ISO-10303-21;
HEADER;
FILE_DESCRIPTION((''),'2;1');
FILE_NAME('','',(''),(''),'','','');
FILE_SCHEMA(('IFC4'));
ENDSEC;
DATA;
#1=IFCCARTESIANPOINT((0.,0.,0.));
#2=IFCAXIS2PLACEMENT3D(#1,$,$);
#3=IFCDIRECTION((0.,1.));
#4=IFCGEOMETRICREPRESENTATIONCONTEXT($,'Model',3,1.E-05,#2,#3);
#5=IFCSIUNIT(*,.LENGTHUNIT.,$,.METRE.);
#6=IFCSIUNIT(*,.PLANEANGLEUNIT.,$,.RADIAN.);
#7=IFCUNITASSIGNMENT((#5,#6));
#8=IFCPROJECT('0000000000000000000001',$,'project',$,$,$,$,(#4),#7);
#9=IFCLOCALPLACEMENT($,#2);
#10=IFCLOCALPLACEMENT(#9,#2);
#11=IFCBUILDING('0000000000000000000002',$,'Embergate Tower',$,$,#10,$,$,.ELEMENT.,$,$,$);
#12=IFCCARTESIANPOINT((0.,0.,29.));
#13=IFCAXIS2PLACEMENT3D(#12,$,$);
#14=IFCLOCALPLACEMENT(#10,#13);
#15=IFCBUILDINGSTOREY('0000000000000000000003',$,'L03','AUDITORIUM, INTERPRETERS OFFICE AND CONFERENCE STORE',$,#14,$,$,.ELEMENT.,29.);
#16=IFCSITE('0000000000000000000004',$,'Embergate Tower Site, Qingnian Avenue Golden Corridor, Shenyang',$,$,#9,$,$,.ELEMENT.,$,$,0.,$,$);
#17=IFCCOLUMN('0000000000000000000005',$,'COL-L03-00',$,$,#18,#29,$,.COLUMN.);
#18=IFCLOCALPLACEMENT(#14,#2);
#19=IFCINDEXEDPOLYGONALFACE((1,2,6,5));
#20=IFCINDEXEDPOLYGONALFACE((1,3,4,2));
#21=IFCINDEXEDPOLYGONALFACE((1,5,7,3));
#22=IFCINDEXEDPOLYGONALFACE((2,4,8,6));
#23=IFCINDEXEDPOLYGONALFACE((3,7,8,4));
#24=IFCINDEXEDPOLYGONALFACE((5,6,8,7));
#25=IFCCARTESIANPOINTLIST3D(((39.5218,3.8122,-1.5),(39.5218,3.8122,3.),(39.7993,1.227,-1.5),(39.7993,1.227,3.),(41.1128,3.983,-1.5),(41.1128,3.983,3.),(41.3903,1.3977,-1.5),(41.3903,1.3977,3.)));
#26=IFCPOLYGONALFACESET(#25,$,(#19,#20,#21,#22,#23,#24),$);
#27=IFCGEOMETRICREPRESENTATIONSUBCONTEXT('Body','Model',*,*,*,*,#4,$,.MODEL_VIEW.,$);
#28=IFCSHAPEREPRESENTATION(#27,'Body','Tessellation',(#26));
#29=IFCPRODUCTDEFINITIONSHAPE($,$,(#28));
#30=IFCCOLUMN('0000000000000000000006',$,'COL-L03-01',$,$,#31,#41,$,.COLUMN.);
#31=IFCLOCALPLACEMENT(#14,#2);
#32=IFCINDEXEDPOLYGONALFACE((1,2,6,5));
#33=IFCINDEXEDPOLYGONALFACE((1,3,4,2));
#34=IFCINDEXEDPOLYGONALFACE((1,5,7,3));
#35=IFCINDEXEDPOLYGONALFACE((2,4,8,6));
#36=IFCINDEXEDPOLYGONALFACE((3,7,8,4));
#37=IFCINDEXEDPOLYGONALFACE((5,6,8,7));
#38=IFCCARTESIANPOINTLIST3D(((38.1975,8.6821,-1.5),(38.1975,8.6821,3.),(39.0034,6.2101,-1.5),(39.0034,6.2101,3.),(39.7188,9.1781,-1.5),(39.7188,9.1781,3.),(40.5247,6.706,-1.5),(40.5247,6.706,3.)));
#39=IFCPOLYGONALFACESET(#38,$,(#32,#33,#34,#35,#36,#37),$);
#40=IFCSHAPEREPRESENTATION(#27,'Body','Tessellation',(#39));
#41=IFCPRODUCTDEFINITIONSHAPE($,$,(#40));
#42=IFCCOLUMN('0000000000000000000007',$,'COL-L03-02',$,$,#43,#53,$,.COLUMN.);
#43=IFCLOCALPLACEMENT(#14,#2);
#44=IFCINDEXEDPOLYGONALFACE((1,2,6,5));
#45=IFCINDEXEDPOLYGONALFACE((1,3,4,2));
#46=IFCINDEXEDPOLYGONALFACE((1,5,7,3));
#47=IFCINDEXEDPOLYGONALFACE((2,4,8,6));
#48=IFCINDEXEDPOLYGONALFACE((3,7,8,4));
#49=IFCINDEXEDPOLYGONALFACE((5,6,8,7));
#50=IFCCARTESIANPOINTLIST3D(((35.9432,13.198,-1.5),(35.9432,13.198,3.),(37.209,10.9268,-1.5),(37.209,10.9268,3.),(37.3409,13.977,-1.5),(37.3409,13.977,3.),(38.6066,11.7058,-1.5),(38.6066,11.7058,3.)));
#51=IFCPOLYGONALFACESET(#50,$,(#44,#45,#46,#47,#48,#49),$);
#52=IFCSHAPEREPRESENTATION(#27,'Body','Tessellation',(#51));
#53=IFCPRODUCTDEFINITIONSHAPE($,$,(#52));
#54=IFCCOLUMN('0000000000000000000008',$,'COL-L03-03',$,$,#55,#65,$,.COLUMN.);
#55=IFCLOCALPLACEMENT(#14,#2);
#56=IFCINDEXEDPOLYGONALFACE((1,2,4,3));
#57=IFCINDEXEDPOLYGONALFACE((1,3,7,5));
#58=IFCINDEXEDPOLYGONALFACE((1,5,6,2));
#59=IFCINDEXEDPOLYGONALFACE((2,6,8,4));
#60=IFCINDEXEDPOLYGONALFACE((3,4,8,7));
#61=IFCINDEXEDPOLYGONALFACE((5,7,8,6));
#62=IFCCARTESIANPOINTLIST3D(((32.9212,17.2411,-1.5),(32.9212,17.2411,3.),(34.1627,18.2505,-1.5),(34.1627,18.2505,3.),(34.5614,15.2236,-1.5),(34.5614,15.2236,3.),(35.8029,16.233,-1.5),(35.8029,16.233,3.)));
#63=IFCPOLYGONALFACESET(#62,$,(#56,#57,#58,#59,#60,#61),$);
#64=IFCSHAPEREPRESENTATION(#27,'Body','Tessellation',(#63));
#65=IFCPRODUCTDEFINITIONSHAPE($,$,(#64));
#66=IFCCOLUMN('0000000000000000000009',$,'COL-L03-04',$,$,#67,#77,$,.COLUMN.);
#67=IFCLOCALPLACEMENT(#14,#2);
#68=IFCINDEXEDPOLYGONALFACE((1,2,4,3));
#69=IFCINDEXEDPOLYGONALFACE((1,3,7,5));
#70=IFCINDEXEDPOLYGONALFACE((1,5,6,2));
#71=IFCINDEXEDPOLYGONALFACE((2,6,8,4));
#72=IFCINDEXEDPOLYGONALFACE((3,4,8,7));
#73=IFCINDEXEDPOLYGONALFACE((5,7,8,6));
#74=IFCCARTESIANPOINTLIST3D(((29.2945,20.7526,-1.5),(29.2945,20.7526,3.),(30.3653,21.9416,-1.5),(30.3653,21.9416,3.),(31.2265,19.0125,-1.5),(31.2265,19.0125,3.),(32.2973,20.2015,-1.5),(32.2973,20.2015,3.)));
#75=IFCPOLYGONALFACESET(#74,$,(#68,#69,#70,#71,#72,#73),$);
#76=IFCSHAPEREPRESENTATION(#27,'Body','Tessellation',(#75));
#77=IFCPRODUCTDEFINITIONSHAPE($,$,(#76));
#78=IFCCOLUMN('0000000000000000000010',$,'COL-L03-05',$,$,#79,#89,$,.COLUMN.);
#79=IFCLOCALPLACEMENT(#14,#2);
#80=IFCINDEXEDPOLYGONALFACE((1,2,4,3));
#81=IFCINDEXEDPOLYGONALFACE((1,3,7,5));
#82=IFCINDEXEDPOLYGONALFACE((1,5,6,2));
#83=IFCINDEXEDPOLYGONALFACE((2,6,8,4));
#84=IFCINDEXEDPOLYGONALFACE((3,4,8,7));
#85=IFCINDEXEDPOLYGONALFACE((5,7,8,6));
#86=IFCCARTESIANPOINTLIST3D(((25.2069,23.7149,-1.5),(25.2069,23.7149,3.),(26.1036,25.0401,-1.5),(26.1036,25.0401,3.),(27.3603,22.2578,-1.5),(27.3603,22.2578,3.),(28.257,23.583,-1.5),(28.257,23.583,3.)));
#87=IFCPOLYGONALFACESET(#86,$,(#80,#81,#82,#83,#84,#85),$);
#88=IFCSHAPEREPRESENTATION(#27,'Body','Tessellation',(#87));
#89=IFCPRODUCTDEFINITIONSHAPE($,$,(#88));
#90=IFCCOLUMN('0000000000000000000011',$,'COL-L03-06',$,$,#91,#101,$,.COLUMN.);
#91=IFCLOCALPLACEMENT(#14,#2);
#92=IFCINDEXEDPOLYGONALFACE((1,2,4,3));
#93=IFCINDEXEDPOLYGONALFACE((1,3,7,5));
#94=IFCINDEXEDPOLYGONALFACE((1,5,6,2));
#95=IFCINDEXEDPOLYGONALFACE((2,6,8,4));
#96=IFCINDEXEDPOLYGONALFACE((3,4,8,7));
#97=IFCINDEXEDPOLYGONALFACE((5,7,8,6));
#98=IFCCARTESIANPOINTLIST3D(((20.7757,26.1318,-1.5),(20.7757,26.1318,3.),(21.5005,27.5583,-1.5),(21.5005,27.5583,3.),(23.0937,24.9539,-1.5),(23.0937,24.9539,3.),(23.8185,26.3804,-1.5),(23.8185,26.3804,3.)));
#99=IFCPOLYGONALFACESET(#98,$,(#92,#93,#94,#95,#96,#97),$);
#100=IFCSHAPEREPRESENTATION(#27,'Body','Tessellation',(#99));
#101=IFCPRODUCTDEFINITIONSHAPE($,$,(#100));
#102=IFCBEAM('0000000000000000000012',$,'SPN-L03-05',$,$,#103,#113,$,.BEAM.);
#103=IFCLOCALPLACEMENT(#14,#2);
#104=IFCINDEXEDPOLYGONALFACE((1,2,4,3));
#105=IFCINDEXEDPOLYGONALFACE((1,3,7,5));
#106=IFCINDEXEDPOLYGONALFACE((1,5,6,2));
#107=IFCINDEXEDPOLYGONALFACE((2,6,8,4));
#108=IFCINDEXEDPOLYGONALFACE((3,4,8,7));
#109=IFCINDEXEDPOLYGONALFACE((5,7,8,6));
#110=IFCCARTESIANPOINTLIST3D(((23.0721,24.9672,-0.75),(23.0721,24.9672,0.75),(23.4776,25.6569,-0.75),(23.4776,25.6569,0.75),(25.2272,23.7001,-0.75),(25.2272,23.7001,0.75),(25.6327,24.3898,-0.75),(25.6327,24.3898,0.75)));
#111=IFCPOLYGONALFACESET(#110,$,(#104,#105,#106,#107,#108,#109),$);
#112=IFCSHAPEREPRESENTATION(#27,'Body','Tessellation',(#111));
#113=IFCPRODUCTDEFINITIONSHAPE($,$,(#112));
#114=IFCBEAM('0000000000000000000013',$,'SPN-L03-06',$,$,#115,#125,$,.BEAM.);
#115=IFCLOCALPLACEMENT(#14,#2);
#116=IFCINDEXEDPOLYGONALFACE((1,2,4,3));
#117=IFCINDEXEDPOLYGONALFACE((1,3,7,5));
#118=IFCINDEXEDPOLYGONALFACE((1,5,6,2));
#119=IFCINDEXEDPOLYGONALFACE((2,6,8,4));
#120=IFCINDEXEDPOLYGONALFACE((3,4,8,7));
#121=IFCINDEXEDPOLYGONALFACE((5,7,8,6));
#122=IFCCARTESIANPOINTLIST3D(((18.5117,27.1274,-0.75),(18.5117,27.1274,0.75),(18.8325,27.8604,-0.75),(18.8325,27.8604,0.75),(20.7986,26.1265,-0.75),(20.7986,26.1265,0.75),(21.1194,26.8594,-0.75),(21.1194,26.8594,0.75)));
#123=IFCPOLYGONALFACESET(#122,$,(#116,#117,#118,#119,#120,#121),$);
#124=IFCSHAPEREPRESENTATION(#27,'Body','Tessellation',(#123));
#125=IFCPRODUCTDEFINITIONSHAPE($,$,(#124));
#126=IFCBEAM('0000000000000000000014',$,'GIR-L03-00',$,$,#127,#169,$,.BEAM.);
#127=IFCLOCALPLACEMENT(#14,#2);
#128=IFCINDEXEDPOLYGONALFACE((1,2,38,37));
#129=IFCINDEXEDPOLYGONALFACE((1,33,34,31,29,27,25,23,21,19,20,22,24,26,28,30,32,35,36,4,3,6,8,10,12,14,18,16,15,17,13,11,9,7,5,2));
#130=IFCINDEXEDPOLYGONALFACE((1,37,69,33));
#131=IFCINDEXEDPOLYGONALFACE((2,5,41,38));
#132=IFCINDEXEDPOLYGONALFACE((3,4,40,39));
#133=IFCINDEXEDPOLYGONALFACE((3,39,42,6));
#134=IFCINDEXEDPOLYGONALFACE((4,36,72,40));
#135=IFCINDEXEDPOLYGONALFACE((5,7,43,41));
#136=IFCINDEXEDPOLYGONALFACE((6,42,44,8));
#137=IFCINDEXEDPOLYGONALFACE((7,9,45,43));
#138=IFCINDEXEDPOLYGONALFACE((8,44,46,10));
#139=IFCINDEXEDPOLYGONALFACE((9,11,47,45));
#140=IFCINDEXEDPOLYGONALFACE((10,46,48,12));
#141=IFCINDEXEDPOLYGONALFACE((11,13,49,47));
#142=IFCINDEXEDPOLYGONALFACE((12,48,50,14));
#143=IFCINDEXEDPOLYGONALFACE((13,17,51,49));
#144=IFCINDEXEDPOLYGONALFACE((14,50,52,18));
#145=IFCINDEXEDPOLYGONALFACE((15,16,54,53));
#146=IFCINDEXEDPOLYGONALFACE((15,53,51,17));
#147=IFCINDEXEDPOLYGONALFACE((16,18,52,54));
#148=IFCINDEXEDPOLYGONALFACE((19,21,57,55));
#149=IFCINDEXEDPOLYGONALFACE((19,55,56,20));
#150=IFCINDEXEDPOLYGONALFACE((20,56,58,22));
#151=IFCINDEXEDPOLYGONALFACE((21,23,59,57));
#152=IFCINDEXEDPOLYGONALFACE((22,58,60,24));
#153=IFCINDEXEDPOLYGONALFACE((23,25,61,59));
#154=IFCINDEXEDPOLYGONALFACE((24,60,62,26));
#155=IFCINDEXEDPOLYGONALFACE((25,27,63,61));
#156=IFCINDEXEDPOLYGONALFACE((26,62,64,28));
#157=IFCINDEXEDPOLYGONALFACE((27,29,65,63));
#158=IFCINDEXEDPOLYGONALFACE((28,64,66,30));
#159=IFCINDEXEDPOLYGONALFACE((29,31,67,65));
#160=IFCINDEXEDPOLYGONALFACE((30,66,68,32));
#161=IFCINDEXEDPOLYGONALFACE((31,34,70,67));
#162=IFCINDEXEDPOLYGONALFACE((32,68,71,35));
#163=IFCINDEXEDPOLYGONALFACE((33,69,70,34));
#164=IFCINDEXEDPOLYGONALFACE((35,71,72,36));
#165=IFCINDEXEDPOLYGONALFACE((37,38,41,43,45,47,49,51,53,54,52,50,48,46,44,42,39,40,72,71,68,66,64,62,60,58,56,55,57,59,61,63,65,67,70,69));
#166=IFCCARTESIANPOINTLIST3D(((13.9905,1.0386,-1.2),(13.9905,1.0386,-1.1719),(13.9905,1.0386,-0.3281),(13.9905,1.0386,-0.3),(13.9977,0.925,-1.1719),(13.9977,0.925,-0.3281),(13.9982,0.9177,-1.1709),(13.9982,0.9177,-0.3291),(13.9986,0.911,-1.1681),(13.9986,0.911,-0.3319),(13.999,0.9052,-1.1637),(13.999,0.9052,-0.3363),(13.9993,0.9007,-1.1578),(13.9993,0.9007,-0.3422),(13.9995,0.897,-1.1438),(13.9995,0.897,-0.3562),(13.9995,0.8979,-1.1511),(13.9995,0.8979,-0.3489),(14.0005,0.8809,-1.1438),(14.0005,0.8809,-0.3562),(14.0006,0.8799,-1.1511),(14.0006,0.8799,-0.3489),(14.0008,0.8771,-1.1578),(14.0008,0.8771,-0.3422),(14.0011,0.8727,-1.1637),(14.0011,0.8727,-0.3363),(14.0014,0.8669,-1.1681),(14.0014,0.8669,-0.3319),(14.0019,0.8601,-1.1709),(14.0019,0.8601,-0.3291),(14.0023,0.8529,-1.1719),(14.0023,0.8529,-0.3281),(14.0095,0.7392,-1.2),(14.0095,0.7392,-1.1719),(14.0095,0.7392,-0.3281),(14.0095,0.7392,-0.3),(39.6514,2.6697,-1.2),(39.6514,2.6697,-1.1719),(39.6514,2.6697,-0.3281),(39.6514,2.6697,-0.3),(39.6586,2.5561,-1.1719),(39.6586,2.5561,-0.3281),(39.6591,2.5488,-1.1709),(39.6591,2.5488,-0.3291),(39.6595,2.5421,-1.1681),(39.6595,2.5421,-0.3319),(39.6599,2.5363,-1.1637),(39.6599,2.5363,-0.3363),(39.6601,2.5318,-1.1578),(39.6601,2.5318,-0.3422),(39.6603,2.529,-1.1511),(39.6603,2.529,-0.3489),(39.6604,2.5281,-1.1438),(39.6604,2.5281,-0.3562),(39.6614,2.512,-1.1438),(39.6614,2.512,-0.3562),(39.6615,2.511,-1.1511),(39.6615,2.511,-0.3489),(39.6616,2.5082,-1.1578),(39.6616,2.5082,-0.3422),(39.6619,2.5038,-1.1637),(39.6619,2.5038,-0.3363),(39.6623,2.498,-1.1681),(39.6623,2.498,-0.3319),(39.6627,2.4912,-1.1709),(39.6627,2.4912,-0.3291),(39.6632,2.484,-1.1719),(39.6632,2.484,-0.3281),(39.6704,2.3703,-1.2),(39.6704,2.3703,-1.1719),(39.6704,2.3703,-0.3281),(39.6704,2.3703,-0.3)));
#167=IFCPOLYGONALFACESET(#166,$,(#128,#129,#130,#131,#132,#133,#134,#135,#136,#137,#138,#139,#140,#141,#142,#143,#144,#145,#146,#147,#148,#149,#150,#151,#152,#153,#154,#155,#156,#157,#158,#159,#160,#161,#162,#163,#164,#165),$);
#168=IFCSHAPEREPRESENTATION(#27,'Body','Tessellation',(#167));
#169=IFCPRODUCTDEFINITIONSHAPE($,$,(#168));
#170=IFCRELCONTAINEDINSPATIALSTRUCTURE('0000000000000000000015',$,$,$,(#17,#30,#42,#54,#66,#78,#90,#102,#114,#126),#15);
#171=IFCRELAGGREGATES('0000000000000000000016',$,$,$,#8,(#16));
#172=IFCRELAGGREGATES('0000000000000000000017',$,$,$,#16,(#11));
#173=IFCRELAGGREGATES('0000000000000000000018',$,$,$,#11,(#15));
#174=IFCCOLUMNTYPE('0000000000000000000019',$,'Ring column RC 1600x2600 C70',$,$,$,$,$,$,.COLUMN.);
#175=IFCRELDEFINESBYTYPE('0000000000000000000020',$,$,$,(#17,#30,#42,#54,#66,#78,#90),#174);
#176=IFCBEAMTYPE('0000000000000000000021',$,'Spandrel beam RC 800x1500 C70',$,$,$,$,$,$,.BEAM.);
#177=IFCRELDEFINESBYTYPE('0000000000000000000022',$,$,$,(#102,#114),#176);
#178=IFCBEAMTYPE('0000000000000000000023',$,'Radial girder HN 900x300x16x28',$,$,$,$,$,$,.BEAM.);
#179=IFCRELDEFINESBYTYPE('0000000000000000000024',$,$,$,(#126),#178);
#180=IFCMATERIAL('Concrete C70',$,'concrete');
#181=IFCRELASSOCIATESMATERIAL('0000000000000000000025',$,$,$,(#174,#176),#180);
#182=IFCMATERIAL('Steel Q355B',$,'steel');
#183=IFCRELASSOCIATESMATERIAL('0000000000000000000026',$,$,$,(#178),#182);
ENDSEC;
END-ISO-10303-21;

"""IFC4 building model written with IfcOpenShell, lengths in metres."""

from ifc_helpers import new_model, si_unit, direction, frame, origin, origin_2d, place, context, subcontext, project, spatial, rectangle, i_section, extrude, source, transform, mapped, material, material_profile, profile_set, type_object, element, save


model = new_model("IFC4")

# Units and contexts
model_context = context("Model", 3, precision=1e-05, world=origin(), true_north=direction((0.0, 1.0)))
body_context = subcontext(model_context, "Body", "Model", "MODEL_VIEW")
ifc_project = project(units=[si_unit("LENGTHUNIT", "METRE"), si_unit("PLANEANGLEUNIT", "RADIAN")], contexts=[model_context])

# Site, building, storey
site_placement = place(None, origin())
site = spatial("IfcSite", under=ifc_project, at=site_placement, Name="Embergate Tower Site, Qingnian Avenue Golden Corridor, Shenyang", CompositionType="ELEMENT", RefElevation=0.0)
building_placement = place(site_placement, origin())
building = spatial("IfcBuilding", under=site, at=building_placement, Name="Embergate Tower", CompositionType="ELEMENT")
storey_placement = place(building_placement, frame((0.0, 0.0, 29.0)))
storey = spatial("IfcBuildingStorey", under=building, at=storey_placement, Name="L03", Description="AUDITORIUM, INTERPRETERS OFFICE AND CONFERENCE STORE", CompositionType="ELEMENT", Elevation=29.0)

# Columns
ifc_material_1 = material(Name="Concrete C70", Category="concrete")
ifc_material_profile_1 = material_profile(ifc_material_1, rectangle(XDim=1.6001, YDim=2.6001, at=origin_2d()), Name="RC 1600x2600")
ifc_profile_set_1 = profile_set([ifc_material_profile_1], Name="Concrete C70")
column_type = type_object("IfcColumnType", Name="Ring column RC 1600x2600 C70", PredefinedType="COLUMN", material=ifc_profile_set_1)
shared_shape_1 = source(origin(), body_context, "Body", "SweptSolid", [
    extrude(rectangle(XDim=1.6001, YDim=2.6001, at=origin_2d()), origin(), (0.0, 0.0, 1.0), 4.5),
])
for number, where, z_axis, x_axis, name in (
    (1, (40.4561, 2.605, -1.5), (0.0, 0.0, 1.0), (0.994288, 0.106733, 0.0), "COL-L03-00"),
    (2, (39.3611, 7.6941, -1.5), (0.0, 0.0, 1.0), (0.950754, 0.309946, 0.0), "COL-L03-01"),
    (3, (37.2749, 12.4519, -1.5), (0.0, 0.0, 1.0), (0.8735, 0.486823, 0.0), "COL-L03-02"),
    (4, (34.3621, 16.7371, -1.5), (0.0, 0.0, 1.0), (0.775925, 0.630825, 0.0), "COL-L03-03"),
    (5, (30.7959, 20.4771, -1.5), (0.0, 0.0, 1.0), (0.669221, 0.743063, 0.0), "COL-L03-04"),
    (6, (26.7319, 23.6489, -1.5), (0.0, 0.0, 1.0), (0.560408, 0.828217, 0.0), "COL-L03-05"),
    (7, (22.2971, 26.2561, -1.5), (0.0, 0.0, 1.0), (0.453011, 0.891505, 0.0), "COL-L03-06"),
):
    element("IfcColumn", number, at=place(storey_placement, frame(where, z_axis=z_axis, x_axis=x_axis)), inside=storey, type_object=column_type, Name=name, PredefinedType="COLUMN", context=body_context, shape_type="MappedRepresentation", body=[
        mapped(shared_shape_1, transform((0.0, 0.0, 0.0))),
    ])

# Beams
ifc_material_profile_2 = material_profile(ifc_material_1, rectangle(XDim=0.8, YDim=1.5, at=origin_2d()), Name="RC 800x1500")
ifc_profile_set_2 = profile_set([ifc_material_profile_2], Name="Concrete C70")
beam_type_1 = type_object("IfcBeamType", Name="Spandrel beam RC 800x1500 C70", PredefinedType="BEAM", material=ifc_profile_set_2)
shared_shape_2 = source(origin(), body_context, "Body", "SweptSolid", [
    extrude(rectangle(XDim=0.8, YDim=1.5, at=origin_2d()), origin(), (0.0, 0.0, 1.0), 2.5),
])
beam_1_placement = place(storey_placement, frame((25.4299, 24.0449, 0.0), z_axis=(-0.862035, 0.506849, 0.0), x_axis=(-0.506849, -0.862035, 0.0)))
element("IfcBeam", 8, at=beam_1_placement, inside=storey, type_object=beam_type_1, Name="SPN-L03-05", PredefinedType="BEAM", context=body_context, shape_type="MappedRepresentation", body=[
    mapped(shared_shape_2, transform((0.0, 0.0, 0.0))),
])
shared_shape_3 = source(origin(), body_context, "Body", "SweptSolid", [
    extrude(rectangle(XDim=0.8, YDim=1.5, at=origin_2d()), origin(), (0.0, 0.0, 1.0), 2.4963),
])
beam_2_placement = place(storey_placement, frame((20.959, 26.4929, 0.0), z_axis=(-0.916088, 0.400978, 0.0), x_axis=(-0.400978, -0.916088, 0.0)))
element("IfcBeam", 9, at=beam_2_placement, inside=storey, type_object=beam_type_1, Name="SPN-L03-06", PredefinedType="BEAM", context=body_context, shape_type="MappedRepresentation", body=[
    mapped(shared_shape_3, transform((0.0, 0.0, 0.0))),
])
ifc_material_2 = material(Name="Steel Q355B", Category="steel")
ifc_material_profile_3 = material_profile(ifc_material_2, i_section(OverallWidth=0.3, OverallDepth=0.8999, WebThickness=0.0161, FlangeThickness=0.0281, FilletRadius=0.0281, at=origin_2d()), Name="HN 900x300x16x28")
ifc_profile_set_3 = profile_set([ifc_material_profile_3], Name="Steel Q355 grade B")
beam_type_2 = type_object("IfcBeamType", Name="Radial girder HN 900x300x16x28", PredefinedType="BEAM", material=ifc_profile_set_3)
shared_shape_4 = source(origin(), body_context, "Body", "SweptSolid", [
    extrude(i_section(OverallWidth=0.3, OverallDepth=0.8999, WebThickness=0.0161, FlangeThickness=0.0281, FilletRadius=0.0281, at=origin_2d()), origin(), (0.0, 0.0, 1.0), 25.7126),
])
beam_3_placement = place(storey_placement, frame((39.6609, 2.52, -0.75), z_axis=(-0.997986, -0.063436, 0.0), x_axis=(0.063436, -0.997986, 0.0)))
element("IfcBeam", 10, at=beam_3_placement, inside=storey, type_object=beam_type_2, Name="GIR-L03-00", PredefinedType="BEAM", context=body_context, shape_type="MappedRepresentation", body=[
    mapped(shared_shape_4, transform((0.0, 0.0, 0.0))),
])

save(model, "model.ifc")
